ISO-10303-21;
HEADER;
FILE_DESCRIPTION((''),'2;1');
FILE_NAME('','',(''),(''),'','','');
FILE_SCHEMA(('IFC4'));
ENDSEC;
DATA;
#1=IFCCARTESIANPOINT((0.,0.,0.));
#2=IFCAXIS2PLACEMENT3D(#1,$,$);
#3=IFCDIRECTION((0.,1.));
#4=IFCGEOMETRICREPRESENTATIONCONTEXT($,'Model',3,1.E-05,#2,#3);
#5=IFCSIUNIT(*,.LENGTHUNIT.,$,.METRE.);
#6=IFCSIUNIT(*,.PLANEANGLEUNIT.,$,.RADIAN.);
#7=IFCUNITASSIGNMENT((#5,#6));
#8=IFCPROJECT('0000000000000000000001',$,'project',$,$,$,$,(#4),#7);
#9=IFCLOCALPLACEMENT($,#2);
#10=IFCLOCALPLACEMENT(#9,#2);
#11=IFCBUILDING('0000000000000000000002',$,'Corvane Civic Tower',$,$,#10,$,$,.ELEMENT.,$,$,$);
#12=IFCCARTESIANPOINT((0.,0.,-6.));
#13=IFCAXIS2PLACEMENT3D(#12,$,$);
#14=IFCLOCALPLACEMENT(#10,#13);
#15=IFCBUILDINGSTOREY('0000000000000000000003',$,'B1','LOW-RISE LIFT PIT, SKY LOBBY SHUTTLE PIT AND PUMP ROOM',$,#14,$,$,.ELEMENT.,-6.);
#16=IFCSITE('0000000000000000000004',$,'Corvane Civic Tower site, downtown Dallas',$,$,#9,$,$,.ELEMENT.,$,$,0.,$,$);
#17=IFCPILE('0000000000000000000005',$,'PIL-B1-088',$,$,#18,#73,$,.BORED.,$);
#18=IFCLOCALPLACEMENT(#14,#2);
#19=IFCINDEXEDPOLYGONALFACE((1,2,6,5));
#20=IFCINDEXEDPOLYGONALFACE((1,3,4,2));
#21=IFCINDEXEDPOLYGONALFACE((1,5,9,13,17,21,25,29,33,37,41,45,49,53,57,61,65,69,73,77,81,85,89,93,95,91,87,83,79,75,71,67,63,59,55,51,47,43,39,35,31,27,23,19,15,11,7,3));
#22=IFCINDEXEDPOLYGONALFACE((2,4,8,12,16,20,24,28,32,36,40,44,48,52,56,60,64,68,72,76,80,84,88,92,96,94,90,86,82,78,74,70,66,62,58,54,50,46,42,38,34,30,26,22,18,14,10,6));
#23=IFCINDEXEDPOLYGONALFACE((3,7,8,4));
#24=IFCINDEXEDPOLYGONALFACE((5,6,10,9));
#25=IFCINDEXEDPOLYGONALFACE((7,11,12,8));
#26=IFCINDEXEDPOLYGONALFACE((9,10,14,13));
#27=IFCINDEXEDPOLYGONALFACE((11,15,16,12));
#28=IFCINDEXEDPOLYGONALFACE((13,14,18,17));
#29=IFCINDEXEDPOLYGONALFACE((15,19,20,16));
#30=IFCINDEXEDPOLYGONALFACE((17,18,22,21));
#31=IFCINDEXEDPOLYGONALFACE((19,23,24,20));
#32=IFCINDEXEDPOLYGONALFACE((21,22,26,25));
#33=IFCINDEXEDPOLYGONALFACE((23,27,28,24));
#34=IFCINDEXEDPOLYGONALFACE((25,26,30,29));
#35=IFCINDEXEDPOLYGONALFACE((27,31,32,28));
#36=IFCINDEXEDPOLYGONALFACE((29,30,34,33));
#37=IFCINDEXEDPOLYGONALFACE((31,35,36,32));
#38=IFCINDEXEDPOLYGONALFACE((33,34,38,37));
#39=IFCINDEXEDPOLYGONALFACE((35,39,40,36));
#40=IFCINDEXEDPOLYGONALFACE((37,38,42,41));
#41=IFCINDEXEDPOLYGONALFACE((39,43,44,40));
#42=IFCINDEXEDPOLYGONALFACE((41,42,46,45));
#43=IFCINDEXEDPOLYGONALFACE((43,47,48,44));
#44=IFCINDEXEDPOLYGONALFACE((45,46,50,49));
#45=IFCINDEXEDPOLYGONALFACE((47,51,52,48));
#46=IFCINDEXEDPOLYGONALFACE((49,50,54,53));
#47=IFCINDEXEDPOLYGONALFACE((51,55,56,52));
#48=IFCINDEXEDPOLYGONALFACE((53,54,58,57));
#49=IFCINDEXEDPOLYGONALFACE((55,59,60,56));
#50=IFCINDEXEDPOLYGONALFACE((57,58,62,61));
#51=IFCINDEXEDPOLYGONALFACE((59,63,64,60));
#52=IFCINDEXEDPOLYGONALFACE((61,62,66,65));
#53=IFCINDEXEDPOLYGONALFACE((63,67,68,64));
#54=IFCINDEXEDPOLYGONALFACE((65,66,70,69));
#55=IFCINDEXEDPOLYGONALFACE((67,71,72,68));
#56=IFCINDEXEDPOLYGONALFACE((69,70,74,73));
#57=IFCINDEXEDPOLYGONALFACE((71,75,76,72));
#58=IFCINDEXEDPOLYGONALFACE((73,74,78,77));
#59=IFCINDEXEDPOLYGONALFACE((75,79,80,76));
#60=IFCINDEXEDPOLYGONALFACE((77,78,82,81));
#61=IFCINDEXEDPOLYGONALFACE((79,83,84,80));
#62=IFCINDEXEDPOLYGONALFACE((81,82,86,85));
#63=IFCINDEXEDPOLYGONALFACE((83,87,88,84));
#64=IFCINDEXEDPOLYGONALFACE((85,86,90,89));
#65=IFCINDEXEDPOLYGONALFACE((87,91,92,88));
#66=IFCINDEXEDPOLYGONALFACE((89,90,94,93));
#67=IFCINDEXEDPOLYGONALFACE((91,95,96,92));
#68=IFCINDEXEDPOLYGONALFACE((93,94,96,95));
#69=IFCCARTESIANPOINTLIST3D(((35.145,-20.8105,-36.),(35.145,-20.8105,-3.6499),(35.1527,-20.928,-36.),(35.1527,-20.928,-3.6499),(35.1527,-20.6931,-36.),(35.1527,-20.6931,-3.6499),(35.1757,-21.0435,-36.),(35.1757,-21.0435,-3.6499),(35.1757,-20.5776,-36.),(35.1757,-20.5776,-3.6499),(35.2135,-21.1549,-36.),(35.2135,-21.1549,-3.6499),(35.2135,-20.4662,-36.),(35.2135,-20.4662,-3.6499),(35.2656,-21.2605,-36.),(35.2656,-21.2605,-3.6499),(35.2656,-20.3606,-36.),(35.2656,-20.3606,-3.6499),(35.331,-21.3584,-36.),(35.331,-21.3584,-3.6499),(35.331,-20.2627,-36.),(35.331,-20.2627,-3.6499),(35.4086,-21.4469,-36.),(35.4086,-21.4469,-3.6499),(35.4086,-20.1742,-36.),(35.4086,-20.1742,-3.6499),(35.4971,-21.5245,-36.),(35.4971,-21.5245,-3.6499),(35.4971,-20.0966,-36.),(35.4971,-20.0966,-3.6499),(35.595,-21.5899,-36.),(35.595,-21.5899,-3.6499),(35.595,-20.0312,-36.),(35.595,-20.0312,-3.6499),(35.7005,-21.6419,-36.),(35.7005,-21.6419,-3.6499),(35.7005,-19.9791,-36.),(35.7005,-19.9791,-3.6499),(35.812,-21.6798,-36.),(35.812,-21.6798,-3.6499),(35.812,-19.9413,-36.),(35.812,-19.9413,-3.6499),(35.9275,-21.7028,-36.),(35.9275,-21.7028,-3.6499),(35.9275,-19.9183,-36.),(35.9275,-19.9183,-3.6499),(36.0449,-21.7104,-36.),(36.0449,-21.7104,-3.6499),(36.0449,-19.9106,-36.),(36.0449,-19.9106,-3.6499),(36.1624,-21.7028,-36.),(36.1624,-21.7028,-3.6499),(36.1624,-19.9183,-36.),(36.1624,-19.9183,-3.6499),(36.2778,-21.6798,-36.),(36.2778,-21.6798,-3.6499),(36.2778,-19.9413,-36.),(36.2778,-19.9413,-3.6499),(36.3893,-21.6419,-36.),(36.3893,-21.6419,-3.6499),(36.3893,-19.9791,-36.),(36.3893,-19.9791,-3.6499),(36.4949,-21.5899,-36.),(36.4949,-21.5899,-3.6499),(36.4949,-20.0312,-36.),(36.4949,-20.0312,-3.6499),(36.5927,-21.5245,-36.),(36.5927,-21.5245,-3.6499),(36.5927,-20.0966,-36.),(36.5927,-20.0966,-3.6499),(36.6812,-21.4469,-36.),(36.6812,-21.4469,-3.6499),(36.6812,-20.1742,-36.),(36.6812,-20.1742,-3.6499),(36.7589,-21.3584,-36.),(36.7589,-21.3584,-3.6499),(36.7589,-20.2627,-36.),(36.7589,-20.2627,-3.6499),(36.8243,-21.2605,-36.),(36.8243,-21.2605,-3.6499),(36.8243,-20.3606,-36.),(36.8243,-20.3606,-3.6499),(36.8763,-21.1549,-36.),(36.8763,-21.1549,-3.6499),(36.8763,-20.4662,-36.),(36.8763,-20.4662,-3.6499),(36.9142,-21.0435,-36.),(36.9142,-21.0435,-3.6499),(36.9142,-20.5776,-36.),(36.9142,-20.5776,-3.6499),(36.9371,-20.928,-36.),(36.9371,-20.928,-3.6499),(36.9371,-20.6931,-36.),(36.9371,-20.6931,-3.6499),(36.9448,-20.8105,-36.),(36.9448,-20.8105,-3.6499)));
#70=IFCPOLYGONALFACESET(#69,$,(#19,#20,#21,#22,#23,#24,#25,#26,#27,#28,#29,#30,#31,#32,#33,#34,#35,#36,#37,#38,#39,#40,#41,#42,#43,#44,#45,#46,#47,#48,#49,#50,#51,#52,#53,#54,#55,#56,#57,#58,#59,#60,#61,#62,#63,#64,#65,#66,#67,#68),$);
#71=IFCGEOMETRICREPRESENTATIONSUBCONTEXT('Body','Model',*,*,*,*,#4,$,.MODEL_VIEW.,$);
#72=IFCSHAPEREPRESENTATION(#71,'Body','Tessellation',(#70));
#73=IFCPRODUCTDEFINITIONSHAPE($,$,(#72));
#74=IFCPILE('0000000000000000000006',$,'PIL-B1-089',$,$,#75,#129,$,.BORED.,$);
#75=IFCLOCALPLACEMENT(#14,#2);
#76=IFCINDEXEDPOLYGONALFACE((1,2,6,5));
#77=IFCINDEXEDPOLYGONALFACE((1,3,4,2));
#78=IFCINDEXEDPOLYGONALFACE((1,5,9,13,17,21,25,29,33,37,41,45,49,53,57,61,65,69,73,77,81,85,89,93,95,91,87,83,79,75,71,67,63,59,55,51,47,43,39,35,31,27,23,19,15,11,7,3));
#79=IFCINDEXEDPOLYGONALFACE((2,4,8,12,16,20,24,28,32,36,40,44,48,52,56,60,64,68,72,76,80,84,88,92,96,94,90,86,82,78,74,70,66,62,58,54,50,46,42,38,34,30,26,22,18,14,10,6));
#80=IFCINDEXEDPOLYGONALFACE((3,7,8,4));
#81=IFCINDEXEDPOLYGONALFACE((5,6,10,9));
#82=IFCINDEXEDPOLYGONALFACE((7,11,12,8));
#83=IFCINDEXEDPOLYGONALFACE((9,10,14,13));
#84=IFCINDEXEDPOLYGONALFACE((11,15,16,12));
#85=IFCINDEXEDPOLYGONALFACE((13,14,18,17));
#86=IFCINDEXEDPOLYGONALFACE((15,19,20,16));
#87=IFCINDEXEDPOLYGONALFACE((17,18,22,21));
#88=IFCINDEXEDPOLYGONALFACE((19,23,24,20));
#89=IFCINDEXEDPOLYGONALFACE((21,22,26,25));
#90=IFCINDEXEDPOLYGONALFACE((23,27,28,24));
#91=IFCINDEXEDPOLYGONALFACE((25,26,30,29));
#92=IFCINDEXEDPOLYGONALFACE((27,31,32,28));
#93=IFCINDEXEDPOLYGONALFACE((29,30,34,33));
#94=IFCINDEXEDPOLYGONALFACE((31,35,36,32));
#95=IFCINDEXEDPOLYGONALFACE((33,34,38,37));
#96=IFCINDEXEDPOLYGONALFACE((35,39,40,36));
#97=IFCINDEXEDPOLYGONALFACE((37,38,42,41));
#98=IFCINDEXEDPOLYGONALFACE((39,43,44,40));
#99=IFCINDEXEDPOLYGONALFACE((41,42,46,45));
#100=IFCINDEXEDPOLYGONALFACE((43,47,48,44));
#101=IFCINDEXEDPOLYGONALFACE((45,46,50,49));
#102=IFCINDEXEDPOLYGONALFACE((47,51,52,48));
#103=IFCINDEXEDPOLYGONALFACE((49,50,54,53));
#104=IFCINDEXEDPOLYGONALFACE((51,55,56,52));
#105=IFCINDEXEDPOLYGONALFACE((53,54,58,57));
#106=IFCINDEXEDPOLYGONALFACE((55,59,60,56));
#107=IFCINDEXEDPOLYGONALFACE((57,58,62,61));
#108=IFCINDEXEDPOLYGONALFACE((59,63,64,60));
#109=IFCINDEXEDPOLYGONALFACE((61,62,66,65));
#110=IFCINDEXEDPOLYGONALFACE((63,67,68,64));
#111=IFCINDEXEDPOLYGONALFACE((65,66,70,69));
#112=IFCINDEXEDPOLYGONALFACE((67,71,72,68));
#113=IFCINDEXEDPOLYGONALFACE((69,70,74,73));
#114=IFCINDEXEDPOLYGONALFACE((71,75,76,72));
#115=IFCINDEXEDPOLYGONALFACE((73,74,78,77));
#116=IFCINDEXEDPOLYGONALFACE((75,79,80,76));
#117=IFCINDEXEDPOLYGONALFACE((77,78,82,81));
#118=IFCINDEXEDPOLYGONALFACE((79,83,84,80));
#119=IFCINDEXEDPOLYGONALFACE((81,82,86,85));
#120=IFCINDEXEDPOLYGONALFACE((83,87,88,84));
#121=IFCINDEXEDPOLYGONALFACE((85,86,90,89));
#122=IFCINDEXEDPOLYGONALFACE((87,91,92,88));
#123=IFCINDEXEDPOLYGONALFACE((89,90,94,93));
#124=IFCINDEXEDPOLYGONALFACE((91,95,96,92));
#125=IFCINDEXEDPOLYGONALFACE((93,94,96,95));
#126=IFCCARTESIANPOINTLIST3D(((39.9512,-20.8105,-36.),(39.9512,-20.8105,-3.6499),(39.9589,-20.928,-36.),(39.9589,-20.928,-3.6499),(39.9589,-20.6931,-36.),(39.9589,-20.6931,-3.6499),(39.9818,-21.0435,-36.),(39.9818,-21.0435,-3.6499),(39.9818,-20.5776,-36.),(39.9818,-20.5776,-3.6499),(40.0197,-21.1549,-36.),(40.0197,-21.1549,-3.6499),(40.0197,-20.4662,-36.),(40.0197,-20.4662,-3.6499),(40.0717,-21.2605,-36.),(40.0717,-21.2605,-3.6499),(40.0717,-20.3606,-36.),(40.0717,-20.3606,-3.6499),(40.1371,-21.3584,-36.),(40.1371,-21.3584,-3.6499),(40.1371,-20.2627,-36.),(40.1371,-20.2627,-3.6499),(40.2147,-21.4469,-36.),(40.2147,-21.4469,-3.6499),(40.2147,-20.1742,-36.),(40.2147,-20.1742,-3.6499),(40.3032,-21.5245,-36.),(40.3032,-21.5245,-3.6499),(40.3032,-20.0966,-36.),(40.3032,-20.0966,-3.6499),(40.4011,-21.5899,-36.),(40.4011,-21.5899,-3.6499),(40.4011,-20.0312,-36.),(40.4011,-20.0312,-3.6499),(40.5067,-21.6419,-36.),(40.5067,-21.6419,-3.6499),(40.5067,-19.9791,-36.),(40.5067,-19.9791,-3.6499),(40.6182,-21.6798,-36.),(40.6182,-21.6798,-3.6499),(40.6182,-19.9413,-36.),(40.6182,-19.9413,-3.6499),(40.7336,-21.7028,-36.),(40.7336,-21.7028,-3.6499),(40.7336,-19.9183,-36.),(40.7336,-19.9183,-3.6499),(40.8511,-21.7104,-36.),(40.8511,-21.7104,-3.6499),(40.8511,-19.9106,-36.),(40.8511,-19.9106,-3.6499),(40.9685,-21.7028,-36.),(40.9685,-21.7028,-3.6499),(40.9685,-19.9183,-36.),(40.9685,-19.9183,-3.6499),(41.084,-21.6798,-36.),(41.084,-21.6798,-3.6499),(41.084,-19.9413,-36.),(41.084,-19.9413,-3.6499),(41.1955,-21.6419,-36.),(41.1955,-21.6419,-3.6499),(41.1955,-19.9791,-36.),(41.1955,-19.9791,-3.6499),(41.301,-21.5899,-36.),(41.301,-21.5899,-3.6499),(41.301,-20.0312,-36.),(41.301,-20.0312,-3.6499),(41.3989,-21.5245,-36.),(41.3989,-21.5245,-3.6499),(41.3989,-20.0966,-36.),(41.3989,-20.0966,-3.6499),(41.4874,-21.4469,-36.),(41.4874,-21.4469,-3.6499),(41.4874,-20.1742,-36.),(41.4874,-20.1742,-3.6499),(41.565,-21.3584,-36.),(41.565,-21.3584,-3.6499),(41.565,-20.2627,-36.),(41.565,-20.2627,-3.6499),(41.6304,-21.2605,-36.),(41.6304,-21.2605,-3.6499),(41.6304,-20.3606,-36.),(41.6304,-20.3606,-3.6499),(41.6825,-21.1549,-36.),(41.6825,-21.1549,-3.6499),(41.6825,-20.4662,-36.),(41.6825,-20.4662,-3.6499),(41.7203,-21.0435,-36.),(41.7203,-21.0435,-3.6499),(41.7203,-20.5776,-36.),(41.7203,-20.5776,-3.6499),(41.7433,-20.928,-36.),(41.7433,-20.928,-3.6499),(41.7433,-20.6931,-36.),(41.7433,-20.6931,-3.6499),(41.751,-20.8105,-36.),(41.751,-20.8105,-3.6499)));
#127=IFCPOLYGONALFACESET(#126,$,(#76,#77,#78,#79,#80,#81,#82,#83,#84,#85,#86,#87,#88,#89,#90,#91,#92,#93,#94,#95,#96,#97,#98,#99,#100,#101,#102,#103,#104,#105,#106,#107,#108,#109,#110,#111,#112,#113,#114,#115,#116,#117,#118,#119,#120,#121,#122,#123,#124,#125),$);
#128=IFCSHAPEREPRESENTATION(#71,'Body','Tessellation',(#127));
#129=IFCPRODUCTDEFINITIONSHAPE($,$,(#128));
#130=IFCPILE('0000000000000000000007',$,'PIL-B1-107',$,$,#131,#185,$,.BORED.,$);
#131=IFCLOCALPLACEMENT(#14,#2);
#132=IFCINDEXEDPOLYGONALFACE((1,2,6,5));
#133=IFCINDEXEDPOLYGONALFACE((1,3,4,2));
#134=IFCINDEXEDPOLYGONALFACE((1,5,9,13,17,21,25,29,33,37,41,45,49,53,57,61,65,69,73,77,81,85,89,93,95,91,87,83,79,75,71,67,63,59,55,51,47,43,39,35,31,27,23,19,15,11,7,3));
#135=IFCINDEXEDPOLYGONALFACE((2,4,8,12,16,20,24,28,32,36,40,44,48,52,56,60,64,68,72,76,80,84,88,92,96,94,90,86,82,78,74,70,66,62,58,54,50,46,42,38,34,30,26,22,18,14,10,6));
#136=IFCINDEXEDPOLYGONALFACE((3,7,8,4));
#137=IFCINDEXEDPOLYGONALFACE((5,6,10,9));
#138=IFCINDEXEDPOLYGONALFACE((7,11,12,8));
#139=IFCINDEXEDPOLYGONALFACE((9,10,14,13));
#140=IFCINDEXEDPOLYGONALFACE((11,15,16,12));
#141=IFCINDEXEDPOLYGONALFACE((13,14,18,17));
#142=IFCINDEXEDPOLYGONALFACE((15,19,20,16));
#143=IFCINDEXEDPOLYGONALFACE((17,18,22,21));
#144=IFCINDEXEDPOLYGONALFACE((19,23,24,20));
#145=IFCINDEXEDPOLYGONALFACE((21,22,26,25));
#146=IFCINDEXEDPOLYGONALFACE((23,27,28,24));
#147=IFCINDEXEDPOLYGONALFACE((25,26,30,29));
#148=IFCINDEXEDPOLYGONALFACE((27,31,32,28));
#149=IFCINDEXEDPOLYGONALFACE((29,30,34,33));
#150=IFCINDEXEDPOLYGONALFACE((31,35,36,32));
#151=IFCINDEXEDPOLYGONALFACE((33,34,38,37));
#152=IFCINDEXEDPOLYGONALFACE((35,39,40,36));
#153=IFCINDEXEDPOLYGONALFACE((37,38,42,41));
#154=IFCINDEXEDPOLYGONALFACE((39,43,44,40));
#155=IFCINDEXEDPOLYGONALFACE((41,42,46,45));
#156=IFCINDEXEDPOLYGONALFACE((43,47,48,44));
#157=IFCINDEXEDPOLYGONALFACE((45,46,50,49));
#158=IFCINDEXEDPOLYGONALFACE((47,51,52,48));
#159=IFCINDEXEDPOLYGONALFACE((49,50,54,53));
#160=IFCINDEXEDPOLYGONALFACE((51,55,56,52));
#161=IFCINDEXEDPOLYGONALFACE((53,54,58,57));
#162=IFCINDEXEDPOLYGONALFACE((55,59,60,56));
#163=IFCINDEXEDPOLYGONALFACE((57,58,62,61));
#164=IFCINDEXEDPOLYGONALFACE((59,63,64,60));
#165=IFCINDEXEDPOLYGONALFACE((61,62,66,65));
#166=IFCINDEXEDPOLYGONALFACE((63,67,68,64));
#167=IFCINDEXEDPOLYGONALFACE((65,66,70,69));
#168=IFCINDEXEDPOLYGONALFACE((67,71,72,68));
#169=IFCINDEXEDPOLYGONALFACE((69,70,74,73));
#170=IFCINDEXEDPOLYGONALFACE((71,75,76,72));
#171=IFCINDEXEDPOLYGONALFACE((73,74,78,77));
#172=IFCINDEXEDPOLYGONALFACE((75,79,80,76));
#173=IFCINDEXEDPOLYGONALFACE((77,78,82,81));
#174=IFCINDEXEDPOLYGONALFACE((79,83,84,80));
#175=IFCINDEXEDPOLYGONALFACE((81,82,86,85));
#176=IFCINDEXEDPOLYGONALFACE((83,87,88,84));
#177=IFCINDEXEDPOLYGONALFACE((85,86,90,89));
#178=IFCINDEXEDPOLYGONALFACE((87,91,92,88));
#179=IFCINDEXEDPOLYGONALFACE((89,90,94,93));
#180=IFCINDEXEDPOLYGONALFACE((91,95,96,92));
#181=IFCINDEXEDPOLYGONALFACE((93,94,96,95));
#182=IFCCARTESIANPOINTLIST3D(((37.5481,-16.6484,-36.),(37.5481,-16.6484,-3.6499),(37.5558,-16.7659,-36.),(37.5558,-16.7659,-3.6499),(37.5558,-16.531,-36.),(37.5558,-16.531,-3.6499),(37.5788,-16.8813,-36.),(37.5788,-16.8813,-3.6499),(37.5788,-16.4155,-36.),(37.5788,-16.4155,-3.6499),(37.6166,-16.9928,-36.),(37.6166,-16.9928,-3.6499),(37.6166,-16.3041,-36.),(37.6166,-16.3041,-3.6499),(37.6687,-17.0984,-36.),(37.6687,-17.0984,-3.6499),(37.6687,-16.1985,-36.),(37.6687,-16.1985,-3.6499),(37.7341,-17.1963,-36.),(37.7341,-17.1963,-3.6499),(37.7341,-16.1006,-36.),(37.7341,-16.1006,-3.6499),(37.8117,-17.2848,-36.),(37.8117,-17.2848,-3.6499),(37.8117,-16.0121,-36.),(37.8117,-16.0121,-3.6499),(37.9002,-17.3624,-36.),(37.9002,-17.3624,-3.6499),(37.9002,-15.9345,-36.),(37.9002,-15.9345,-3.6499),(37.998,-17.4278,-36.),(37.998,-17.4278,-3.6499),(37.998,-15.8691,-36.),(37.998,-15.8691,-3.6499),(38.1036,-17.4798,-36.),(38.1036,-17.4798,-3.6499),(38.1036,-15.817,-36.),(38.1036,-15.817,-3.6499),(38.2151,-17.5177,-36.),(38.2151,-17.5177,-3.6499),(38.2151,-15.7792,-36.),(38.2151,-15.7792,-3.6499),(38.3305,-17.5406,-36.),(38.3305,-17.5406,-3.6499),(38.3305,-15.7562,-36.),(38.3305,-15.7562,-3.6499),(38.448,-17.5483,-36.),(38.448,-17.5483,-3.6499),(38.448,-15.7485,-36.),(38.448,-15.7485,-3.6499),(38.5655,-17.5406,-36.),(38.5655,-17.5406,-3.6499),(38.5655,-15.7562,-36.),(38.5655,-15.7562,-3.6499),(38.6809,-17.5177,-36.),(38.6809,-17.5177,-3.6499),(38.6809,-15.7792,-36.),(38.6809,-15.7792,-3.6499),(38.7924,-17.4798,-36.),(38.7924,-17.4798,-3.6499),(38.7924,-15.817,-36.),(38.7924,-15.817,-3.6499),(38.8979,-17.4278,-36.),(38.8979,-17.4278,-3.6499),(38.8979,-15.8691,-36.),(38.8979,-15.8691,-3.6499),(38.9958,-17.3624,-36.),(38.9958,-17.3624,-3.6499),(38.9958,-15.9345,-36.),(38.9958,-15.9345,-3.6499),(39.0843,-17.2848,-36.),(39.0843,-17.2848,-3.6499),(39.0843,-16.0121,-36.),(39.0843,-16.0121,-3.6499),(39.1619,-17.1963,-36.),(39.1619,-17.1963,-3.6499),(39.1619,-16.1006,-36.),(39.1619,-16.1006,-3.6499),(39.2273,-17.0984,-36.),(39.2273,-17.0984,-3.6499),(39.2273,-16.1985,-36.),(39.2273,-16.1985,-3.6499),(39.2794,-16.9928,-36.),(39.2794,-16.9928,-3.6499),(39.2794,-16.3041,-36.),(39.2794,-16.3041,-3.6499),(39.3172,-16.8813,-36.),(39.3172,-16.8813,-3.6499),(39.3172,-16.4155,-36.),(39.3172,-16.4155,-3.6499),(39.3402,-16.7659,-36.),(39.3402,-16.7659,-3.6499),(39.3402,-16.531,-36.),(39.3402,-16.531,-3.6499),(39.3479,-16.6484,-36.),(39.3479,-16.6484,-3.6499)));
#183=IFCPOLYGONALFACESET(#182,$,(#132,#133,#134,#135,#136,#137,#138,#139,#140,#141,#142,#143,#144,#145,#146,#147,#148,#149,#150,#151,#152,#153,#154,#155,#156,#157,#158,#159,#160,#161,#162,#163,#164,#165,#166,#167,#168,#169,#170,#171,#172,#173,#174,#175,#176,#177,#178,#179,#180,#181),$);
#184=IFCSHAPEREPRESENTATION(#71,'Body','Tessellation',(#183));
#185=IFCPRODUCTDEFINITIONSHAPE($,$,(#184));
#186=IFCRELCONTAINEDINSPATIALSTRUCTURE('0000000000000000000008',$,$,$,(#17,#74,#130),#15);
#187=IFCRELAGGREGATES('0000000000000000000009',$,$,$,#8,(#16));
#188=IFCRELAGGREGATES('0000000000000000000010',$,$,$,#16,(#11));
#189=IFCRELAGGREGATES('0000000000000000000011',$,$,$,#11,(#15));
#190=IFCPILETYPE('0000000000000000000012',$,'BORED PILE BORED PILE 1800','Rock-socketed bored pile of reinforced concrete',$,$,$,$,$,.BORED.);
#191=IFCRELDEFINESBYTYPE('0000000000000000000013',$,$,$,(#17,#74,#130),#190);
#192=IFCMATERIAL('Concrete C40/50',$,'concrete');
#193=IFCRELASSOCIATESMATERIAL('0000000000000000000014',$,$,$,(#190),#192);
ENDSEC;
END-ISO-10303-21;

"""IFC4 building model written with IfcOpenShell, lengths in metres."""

from ifc_helpers import new_model, si_unit, direction, frame, origin, origin_2d, place, context, subcontext, project, spatial, circle, extrude, material, material_profile, profile_set, type_object, element, save


model = new_model("IFC4")

# Units and contexts
model_context = context("Model", 3, precision=1e-05, world=origin(), true_north=direction((0.0, 1.0)))
body_context = subcontext(model_context, "Body", "Model", "MODEL_VIEW")
ifc_project = project(units=[si_unit("LENGTHUNIT", "METRE"), si_unit("PLANEANGLEUNIT", "RADIAN")], contexts=[model_context])

# Site, building, storey
site_placement = place(None, origin())
site = spatial("IfcSite", under=ifc_project, at=site_placement, Name="Corvane Civic Tower site, downtown Dallas", CompositionType="ELEMENT", RefElevation=0.0)
building_placement = place(site_placement, origin())
building = spatial("IfcBuilding", under=site, at=building_placement, Name="Corvane Civic Tower", CompositionType="ELEMENT")
storey_placement = place(building_placement, frame((0.0, 0.0, -6.0)))
storey = spatial("IfcBuildingStorey", under=building, at=storey_placement, Name="B1", Description="LOW-RISE LIFT PIT, SKY LOBBY SHUTTLE PIT AND PUMP ROOM", CompositionType="ELEMENT", Elevation=-6.0)

# Piles
ifc_material_1 = material(Name="Concrete C40/50", Category="concrete")
ifc_material_profile_1 = material_profile(ifc_material_1, circle(Radius=0.8999, at=origin_2d()), Name="BORED PILE 1800")
ifc_profile_set_1 = profile_set([ifc_material_profile_1], Name="Concrete C40/50")
pile_type_1 = type_object("IfcPileType", Name="BORED PILE BORED PILE 1800", Description="Rock-socketed bored pile of reinforced concrete", PredefinedType="BORED", material=ifc_profile_set_1)
for number, where, z_axis, x_axis, name in (
    (1, (36.0449, -20.8105, -3.6499), (0.0, 0.0, -1.0), (1.0, 0.0, 0.0), "PIL-B1-088"),
    (2, (40.8511, -20.8105, -3.6499), (0.0, 0.0, -1.0), (1.0, 0.0, 0.0), "PIL-B1-089"),
    (3, (38.448, -16.6484, -3.6499), (0.0, 0.0, -1.0), (1.0, 0.0, 0.0), "PIL-B1-107"),
):
    element("IfcPile", number, at=place(storey_placement, frame(where, z_axis=z_axis, x_axis=x_axis)), inside=storey, type_object=pile_type_1, Name=name, PredefinedType="BORED", context=body_context, shape_type="SweptSolid", body=[
        extrude(circle(Radius=0.8999, at=origin_2d()), origin(), (0.0, 0.0, 1.0), 32.3501),
    ])

save(model, "model.ifc")
